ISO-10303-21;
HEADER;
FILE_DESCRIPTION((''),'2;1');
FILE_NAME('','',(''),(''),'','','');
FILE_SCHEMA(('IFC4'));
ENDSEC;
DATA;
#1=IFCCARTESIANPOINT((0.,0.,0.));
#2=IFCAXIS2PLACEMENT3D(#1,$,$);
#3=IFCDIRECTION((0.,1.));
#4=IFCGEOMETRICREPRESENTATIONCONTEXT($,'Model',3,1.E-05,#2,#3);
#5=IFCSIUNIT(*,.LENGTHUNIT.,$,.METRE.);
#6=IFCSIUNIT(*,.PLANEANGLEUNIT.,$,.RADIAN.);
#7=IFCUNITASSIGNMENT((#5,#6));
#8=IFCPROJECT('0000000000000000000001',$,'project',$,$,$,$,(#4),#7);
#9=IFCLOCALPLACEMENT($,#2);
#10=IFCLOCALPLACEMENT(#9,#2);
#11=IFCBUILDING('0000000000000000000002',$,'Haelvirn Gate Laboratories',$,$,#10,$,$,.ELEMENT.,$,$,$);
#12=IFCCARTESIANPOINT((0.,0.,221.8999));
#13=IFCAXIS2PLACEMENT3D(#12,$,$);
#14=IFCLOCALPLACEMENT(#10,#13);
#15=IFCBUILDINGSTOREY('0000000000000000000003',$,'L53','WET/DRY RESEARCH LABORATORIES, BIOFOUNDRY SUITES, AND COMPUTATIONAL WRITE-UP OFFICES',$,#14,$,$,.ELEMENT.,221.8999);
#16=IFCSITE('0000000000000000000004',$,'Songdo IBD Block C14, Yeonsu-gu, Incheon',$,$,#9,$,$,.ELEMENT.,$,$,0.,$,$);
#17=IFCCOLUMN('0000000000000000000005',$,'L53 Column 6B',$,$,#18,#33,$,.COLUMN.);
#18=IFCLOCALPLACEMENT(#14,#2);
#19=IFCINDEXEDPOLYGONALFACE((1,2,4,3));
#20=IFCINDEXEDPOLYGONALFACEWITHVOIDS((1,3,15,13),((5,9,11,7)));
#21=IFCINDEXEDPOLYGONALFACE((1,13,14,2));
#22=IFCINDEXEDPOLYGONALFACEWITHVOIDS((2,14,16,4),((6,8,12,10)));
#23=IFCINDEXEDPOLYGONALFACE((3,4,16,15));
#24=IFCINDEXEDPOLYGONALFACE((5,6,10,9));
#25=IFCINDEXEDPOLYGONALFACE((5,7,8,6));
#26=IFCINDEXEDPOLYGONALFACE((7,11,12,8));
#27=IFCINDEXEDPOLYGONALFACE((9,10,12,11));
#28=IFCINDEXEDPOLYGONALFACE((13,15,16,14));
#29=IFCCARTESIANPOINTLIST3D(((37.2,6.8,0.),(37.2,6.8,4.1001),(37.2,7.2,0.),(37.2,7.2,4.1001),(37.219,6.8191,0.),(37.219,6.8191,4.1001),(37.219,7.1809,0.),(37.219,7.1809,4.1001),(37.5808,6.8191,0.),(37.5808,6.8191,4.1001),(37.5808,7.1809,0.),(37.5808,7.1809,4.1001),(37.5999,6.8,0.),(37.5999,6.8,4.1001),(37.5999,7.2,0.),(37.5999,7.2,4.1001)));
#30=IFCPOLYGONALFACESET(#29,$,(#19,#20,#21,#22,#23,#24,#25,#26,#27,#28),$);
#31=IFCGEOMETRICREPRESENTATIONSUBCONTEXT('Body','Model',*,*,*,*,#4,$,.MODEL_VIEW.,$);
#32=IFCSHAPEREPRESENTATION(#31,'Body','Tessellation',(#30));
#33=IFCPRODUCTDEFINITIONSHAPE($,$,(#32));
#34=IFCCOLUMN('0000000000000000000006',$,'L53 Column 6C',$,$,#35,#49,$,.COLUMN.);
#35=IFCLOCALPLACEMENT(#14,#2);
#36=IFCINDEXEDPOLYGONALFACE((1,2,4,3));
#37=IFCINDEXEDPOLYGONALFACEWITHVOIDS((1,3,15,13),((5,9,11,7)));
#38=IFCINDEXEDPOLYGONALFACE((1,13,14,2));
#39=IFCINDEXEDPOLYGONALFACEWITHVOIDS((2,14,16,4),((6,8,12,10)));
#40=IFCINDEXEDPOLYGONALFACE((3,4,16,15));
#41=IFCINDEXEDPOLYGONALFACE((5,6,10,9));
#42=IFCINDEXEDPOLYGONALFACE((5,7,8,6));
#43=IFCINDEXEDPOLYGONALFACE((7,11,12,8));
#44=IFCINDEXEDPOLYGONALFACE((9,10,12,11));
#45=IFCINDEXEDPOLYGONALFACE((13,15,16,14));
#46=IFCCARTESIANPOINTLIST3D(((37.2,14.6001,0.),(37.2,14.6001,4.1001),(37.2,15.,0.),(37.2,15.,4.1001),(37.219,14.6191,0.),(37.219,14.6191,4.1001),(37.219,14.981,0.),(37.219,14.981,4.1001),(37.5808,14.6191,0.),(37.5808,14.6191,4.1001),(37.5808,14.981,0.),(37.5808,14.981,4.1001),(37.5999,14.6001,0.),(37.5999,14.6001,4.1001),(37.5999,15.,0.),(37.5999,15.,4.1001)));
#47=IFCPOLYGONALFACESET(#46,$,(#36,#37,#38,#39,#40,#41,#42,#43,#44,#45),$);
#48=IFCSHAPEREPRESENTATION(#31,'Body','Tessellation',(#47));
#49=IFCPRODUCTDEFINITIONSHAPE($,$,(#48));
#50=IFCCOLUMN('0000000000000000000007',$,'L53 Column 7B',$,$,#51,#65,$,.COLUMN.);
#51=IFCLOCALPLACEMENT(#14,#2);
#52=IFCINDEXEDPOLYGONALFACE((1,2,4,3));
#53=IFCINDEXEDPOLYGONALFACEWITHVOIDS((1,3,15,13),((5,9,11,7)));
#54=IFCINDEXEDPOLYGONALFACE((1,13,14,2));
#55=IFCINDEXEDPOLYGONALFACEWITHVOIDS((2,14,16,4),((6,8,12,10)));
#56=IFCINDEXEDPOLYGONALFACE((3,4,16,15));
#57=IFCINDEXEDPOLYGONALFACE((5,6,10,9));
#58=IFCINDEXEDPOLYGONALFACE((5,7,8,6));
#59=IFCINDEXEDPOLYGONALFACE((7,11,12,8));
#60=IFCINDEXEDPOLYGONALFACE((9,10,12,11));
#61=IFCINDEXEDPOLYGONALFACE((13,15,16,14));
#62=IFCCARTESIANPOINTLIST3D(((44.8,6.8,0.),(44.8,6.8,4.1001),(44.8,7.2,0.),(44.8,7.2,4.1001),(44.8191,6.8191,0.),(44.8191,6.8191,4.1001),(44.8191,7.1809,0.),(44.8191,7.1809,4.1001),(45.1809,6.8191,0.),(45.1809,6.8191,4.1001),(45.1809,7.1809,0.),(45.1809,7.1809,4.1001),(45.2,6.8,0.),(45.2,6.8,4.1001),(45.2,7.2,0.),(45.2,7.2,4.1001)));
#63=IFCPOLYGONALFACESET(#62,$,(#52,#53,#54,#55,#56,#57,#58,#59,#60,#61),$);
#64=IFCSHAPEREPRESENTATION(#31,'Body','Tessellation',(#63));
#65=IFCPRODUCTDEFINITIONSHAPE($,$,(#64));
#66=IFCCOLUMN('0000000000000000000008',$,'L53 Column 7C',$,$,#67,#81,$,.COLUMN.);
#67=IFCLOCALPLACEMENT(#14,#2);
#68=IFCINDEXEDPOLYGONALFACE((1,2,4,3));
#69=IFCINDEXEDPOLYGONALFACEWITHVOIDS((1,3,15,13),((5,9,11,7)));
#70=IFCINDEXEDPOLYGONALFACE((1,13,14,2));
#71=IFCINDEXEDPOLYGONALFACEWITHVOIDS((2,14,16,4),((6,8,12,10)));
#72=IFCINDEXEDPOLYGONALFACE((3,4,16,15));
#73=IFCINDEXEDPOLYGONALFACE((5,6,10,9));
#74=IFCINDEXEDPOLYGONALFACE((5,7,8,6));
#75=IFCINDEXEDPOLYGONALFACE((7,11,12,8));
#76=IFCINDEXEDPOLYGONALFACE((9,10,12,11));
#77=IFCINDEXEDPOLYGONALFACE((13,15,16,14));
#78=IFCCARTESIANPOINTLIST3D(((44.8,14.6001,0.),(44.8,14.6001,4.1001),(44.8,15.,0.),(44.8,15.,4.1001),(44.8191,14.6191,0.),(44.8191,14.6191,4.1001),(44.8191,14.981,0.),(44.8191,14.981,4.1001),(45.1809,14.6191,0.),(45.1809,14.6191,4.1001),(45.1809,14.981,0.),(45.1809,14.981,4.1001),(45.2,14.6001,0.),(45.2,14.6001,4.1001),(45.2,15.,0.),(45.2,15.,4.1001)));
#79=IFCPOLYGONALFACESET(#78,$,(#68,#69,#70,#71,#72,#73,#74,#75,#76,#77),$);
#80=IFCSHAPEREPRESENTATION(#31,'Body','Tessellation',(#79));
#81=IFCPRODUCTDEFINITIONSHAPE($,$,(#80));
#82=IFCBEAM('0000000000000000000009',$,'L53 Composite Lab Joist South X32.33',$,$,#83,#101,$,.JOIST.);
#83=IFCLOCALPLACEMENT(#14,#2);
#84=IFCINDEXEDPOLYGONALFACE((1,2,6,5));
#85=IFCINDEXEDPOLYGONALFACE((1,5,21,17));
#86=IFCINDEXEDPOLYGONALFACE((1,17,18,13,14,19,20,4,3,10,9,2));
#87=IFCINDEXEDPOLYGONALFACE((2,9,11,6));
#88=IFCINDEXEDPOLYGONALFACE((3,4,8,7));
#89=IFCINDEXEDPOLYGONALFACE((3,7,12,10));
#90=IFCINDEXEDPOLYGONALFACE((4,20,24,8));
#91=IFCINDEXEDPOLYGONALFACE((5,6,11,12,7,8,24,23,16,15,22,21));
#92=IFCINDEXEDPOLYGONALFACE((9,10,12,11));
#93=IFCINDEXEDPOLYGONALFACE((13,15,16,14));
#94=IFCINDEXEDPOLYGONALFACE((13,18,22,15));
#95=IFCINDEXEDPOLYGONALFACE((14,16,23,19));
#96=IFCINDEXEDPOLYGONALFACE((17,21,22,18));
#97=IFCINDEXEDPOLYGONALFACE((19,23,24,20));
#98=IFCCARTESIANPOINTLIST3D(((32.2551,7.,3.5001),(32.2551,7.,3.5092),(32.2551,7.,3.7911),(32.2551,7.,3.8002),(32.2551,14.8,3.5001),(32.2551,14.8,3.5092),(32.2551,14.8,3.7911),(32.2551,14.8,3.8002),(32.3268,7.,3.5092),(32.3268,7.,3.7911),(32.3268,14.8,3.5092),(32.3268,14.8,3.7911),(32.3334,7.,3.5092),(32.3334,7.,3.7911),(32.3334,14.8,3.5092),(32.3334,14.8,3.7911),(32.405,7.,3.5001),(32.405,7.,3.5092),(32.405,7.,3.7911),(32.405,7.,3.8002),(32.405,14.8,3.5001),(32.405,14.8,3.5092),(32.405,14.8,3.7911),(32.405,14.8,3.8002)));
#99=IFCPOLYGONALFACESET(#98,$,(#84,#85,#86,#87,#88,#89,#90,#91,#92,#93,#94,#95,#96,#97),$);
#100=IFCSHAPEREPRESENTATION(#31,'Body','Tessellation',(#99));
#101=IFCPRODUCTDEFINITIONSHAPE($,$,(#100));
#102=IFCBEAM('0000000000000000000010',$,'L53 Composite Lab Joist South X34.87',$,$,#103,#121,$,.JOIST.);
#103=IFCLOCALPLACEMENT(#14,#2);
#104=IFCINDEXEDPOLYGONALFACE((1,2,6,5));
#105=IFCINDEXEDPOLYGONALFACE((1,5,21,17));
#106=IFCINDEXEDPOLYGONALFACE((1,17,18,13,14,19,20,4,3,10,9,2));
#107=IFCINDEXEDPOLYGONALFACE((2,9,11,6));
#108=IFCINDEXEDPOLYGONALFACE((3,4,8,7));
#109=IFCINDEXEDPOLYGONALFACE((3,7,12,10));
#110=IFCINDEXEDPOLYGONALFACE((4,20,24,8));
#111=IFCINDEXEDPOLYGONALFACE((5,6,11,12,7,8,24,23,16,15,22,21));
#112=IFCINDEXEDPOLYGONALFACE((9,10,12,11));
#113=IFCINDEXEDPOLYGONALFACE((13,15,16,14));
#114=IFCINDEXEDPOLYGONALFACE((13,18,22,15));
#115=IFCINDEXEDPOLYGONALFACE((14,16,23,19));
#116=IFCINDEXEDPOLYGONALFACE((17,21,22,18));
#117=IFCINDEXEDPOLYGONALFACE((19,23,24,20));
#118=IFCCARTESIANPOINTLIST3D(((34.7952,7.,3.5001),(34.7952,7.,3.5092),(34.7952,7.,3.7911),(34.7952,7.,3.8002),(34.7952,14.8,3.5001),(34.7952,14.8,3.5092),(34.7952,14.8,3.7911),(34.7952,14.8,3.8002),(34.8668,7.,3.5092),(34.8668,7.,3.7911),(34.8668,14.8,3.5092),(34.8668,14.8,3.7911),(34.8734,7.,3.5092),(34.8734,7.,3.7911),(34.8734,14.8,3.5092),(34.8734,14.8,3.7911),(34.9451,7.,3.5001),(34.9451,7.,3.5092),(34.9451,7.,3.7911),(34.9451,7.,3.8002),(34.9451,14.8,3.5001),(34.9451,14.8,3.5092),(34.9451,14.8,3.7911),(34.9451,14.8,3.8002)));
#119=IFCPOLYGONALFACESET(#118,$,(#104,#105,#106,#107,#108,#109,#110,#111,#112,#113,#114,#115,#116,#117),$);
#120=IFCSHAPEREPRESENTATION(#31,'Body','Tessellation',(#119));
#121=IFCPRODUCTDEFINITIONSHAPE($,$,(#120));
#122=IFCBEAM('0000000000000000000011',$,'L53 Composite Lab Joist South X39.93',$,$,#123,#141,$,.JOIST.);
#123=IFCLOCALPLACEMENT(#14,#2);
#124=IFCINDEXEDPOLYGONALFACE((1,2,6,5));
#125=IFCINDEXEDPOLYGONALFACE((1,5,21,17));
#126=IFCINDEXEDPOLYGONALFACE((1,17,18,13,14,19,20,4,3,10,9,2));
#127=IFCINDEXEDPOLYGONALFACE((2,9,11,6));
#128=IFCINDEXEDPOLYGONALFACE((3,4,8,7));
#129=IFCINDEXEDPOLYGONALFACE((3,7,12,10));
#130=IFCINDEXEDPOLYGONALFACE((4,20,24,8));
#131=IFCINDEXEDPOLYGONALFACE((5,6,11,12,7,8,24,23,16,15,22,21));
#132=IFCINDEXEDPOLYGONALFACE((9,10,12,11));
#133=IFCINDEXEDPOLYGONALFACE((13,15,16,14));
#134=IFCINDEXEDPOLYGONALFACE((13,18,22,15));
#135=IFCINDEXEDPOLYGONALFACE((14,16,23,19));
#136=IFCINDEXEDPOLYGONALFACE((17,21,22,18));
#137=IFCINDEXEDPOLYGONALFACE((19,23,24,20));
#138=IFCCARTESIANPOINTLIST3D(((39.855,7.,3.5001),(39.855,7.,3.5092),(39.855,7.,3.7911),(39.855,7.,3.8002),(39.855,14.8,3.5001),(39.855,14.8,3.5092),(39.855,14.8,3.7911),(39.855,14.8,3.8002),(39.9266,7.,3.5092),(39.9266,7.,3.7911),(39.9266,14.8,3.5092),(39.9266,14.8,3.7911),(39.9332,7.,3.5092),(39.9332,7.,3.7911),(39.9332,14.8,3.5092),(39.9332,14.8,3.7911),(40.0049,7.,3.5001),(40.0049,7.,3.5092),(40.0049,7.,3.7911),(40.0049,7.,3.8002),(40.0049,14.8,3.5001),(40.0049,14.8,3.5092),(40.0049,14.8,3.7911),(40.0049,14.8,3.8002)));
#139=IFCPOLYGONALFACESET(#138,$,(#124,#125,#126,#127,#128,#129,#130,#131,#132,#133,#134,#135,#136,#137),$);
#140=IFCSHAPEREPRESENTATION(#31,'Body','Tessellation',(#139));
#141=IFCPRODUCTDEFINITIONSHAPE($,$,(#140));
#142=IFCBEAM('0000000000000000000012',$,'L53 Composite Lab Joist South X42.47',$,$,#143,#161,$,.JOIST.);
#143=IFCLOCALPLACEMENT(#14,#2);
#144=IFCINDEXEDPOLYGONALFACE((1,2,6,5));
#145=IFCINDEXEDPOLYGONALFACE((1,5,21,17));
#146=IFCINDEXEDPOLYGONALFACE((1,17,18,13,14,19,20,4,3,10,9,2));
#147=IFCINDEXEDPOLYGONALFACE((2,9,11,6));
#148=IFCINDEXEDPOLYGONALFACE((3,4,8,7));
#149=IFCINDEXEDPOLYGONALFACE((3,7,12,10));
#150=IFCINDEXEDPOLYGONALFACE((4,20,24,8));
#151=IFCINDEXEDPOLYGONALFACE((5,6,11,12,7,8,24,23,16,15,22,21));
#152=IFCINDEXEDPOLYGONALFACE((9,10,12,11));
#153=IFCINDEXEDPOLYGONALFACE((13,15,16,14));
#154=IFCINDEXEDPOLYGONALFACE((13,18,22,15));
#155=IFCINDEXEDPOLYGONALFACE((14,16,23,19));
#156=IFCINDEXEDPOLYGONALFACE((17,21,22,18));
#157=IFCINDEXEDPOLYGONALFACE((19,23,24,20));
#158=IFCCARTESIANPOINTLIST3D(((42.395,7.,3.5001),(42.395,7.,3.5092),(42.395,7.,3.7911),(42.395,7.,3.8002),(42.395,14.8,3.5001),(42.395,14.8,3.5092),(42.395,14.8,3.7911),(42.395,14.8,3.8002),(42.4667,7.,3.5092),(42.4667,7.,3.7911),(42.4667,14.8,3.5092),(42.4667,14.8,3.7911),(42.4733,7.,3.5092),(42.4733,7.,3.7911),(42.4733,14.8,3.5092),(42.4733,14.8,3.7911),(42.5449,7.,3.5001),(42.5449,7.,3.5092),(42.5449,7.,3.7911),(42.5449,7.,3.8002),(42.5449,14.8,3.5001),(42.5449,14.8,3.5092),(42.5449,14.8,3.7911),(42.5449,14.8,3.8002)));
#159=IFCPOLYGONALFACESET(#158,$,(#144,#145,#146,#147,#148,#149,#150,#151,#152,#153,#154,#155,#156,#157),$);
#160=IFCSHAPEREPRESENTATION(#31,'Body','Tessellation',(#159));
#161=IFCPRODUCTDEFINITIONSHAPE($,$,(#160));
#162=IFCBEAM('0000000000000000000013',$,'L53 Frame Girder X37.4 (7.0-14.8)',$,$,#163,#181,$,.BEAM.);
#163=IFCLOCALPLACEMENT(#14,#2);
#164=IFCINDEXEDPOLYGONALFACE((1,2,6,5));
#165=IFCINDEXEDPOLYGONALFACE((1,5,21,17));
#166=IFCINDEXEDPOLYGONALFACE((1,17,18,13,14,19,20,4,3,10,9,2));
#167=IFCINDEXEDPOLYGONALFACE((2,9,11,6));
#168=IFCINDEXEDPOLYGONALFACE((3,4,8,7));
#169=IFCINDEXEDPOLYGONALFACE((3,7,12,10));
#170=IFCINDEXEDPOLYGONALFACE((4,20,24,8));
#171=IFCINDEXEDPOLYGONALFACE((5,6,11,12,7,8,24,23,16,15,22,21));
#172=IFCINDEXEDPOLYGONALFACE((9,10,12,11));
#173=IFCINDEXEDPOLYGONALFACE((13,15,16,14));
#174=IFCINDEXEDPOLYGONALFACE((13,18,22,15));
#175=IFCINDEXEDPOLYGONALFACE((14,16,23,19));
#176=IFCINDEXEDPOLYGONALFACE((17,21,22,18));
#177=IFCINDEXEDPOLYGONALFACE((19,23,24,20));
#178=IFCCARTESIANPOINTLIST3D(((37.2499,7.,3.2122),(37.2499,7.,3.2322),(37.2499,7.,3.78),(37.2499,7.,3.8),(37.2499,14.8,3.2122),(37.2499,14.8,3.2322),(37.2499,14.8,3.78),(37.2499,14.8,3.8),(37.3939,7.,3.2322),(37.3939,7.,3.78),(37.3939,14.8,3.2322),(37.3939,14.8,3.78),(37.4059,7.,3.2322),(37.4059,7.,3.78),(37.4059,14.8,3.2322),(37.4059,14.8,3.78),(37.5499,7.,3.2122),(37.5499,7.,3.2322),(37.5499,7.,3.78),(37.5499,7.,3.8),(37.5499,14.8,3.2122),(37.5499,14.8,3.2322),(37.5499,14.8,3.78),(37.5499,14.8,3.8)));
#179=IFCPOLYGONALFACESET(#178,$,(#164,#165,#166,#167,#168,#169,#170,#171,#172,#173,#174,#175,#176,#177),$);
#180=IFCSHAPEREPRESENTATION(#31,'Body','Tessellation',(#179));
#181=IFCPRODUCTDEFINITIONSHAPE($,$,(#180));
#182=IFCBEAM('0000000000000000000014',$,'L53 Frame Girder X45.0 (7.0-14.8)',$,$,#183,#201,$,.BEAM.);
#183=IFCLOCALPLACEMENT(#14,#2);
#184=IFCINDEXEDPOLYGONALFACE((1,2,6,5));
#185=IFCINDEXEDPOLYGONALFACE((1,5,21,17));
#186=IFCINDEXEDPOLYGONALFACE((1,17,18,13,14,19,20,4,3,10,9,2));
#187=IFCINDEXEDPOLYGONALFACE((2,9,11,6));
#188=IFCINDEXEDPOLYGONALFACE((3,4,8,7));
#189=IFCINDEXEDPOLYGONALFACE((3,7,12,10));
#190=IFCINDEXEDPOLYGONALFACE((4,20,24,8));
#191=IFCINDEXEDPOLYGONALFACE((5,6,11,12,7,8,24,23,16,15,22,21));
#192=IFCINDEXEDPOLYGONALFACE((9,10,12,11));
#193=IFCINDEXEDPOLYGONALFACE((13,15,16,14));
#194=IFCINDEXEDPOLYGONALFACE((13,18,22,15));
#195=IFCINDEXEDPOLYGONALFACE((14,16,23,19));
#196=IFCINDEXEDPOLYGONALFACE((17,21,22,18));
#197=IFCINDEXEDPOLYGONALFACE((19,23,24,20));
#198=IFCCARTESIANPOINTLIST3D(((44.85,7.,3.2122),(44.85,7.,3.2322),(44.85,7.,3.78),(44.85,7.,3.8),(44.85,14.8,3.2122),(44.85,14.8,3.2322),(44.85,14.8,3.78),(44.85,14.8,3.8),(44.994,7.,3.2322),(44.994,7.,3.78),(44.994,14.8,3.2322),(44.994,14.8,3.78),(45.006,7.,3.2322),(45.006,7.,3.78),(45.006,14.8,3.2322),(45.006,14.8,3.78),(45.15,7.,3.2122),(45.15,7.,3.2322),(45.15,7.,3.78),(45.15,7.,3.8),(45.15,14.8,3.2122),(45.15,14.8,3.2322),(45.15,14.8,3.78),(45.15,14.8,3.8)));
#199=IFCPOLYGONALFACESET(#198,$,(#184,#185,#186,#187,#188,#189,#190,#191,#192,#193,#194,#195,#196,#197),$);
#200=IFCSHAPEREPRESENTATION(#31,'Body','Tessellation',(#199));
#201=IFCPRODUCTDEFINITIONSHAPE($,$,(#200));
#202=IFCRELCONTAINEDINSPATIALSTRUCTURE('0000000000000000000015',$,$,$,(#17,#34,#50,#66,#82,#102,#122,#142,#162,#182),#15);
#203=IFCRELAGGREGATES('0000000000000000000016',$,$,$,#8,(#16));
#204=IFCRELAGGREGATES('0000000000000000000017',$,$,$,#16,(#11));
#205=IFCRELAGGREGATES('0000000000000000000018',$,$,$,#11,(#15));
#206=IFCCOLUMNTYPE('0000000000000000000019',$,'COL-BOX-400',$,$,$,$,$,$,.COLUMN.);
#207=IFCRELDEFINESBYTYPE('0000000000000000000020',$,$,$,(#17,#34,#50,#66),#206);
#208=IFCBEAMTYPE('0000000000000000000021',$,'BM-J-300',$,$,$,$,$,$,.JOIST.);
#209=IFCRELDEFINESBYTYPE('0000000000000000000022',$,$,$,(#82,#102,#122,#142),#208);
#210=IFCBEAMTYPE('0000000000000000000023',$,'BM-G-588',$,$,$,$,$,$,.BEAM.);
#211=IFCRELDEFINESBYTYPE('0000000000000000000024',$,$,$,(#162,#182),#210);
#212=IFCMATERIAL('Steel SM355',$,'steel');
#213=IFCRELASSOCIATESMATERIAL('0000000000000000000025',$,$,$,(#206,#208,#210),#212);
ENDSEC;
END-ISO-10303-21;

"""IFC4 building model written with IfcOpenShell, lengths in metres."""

from ifc_helpers import new_model, si_unit, direction, frame, origin, origin_2d, place, context, subcontext, project, spatial, hollow_rectangle, i_section, extrude, source, transform, mapped, material, material_profile, profile_set, type_object, type_shapes, element, save


model = new_model("IFC4")

# Units and contexts
model_context = context("Model", 3, precision=1e-05, world=origin(), true_north=direction((0.0, 1.0)))
body_context = subcontext(model_context, "Body", "Model", "MODEL_VIEW")
ifc_project = project(units=[si_unit("LENGTHUNIT", "METRE"), si_unit("PLANEANGLEUNIT", "RADIAN")], contexts=[model_context])

# Site, building, storey
site_placement = place(None, origin())
site = spatial("IfcSite", under=ifc_project, at=site_placement, Name="Songdo IBD Block C14, Yeonsu-gu, Incheon", CompositionType="ELEMENT", RefElevation=0.0)
building_placement = place(site_placement, origin())
building = spatial("IfcBuilding", under=site, at=building_placement, Name="Haelvirn Gate Laboratories", CompositionType="ELEMENT")
storey_placement = place(building_placement, frame((0.0, 0.0, 221.8999)))
storey = spatial("IfcBuildingStorey", under=building, at=storey_placement, Name="L53", Description="WET/DRY RESEARCH LABORATORIES, BIOFOUNDRY SUITES, AND COMPUTATIONAL WRITE-UP OFFICES", CompositionType="ELEMENT", Elevation=221.8999)

# Columns
ifc_material_1 = material(Name="Steel SM355", Category="steel")
ifc_material_profile_1 = material_profile(ifc_material_1, hollow_rectangle(XDim=0.3999, YDim=0.3999, WallThickness=0.019, at=origin_2d()), Name="BOX-400x400x19")
ifc_profile_set_1 = profile_set([ifc_material_profile_1], Name="Steel SM355")
column_type = type_object("IfcColumnType", Name="COL-BOX-400", PredefinedType="COLUMN", material=ifc_profile_set_1)
shared_shape_1 = source(origin(), body_context, "Body", "SweptSolid", [
    extrude(hollow_rectangle(XDim=0.3999, YDim=0.3999, WallThickness=0.019, at=origin_2d()), origin(), (0.0, 0.0, 1.0), 4.1001),
])
type_shapes(column_type, [shared_shape_1])
for number, where, z_axis, x_axis, name in (
    (1, (37.3999, 7.0, 0.0), (0.0, 0.0, 1.0), (1.0, 0.0, 0.0), "L53 Column 6B"),
    (2, (37.3999, 14.8, 0.0), (0.0, 0.0, 1.0), (1.0, 0.0, 0.0), "L53 Column 6C"),
    (3, (45.0, 7.0, 0.0), (0.0, 0.0, 1.0), (1.0, 0.0, 0.0), "L53 Column 7B"),
    (4, (45.0, 14.8, 0.0), (0.0, 0.0, 1.0), (1.0, 0.0, 0.0), "L53 Column 7C"),
):
    element("IfcColumn", number, at=place(storey_placement, frame(where, z_axis=z_axis, x_axis=x_axis)), inside=storey, type_object=column_type, Name=name, PredefinedType="COLUMN", context=body_context, shape_type="MappedRepresentation", body=[
        mapped(shared_shape_1, transform((0.0, 0.0, 0.0), scale=1.0)),
    ])

# Beams
ifc_material_profile_2 = material_profile(ifc_material_1, i_section(OverallWidth=0.1499, OverallDepth=0.3, WebThickness=0.0066, FlangeThickness=0.009, at=origin_2d()), Name="H-300x150x6.5x9")
ifc_profile_set_2 = profile_set([ifc_material_profile_2], Name="Steel SM355")
beam_type_1 = type_object("IfcBeamType", Name="BM-J-300", PredefinedType="JOIST", material=ifc_profile_set_2)
shared_shape_2 = source(origin(), body_context, "Body", "SweptSolid", [
    extrude(i_section(OverallWidth=0.1499, OverallDepth=0.3, WebThickness=0.0066, FlangeThickness=0.009, at=origin_2d()), origin(), (0.0, 0.0, 1.0), 7.8),
])
type_shapes(beam_type_1, [shared_shape_2])
for number, where, z_axis, x_axis, name in (
    (5, (32.3301, 7.0, 3.6501), (0.0, 1.0, 0.0), (-1.0, 0.0, 0.0), "L53 Composite Lab Joist South X32.33"),
    (6, (34.8701, 7.0, 3.6501), (0.0, 1.0, 0.0), (-1.0, 0.0, 0.0), "L53 Composite Lab Joist South X34.87"),
    (7, (39.9299, 7.0, 3.6501), (0.0, 1.0, 0.0), (-1.0, 0.0, 0.0), "L53 Composite Lab Joist South X39.93"),
    (8, (42.47, 7.0, 3.6501), (0.0, 1.0, 0.0), (-1.0, 0.0, 0.0), "L53 Composite Lab Joist South X42.47"),
):
    element("IfcBeam", number, at=place(storey_placement, frame(where, z_axis=z_axis, x_axis=x_axis)), inside=storey, type_object=beam_type_1, Name=name, PredefinedType="JOIST", context=body_context, shape_type="MappedRepresentation", body=[
        mapped(shared_shape_2, transform((0.0, 0.0, 0.0), scale=1.0)),
    ])
ifc_material_profile_3 = material_profile(ifc_material_1, i_section(OverallWidth=0.3, OverallDepth=0.5879, WebThickness=0.012, FlangeThickness=0.02, at=origin_2d()), Name="H-588x300x12x20")
ifc_profile_set_3 = profile_set([ifc_material_profile_3], Name="Steel SM355")
beam_type_2 = type_object("IfcBeamType", Name="BM-G-588", PredefinedType="BEAM", material=ifc_profile_set_3)
shared_shape_3 = source(origin(), body_context, "Body", "SweptSolid", [
    extrude(i_section(OverallWidth=0.3, OverallDepth=0.5879, WebThickness=0.012, FlangeThickness=0.02, at=origin_2d()), origin(), (0.0, 0.0, 1.0), 7.8),
])
type_shapes(beam_type_2, [shared_shape_3])
for number, where, z_axis, x_axis, name in (
    (9, (37.3999, 7.0, 3.5061), (0.0, 1.0, 0.0), (-1.0, 0.0, 0.0), "L53 Frame Girder X37.4 (7.0-14.8)"),
    (10, (45.0, 7.0, 3.5061), (0.0, 1.0, 0.0), (-1.0, 0.0, 0.0), "L53 Frame Girder X45.0 (7.0-14.8)"),
):
    element("IfcBeam", number, at=place(storey_placement, frame(where, z_axis=z_axis, x_axis=x_axis)), inside=storey, type_object=beam_type_2, Name=name, PredefinedType="BEAM", context=body_context, shape_type="MappedRepresentation", body=[
        mapped(shared_shape_3, transform((0.0, 0.0, 0.0), scale=1.0)),
    ])

save(model, "model.ifc")
